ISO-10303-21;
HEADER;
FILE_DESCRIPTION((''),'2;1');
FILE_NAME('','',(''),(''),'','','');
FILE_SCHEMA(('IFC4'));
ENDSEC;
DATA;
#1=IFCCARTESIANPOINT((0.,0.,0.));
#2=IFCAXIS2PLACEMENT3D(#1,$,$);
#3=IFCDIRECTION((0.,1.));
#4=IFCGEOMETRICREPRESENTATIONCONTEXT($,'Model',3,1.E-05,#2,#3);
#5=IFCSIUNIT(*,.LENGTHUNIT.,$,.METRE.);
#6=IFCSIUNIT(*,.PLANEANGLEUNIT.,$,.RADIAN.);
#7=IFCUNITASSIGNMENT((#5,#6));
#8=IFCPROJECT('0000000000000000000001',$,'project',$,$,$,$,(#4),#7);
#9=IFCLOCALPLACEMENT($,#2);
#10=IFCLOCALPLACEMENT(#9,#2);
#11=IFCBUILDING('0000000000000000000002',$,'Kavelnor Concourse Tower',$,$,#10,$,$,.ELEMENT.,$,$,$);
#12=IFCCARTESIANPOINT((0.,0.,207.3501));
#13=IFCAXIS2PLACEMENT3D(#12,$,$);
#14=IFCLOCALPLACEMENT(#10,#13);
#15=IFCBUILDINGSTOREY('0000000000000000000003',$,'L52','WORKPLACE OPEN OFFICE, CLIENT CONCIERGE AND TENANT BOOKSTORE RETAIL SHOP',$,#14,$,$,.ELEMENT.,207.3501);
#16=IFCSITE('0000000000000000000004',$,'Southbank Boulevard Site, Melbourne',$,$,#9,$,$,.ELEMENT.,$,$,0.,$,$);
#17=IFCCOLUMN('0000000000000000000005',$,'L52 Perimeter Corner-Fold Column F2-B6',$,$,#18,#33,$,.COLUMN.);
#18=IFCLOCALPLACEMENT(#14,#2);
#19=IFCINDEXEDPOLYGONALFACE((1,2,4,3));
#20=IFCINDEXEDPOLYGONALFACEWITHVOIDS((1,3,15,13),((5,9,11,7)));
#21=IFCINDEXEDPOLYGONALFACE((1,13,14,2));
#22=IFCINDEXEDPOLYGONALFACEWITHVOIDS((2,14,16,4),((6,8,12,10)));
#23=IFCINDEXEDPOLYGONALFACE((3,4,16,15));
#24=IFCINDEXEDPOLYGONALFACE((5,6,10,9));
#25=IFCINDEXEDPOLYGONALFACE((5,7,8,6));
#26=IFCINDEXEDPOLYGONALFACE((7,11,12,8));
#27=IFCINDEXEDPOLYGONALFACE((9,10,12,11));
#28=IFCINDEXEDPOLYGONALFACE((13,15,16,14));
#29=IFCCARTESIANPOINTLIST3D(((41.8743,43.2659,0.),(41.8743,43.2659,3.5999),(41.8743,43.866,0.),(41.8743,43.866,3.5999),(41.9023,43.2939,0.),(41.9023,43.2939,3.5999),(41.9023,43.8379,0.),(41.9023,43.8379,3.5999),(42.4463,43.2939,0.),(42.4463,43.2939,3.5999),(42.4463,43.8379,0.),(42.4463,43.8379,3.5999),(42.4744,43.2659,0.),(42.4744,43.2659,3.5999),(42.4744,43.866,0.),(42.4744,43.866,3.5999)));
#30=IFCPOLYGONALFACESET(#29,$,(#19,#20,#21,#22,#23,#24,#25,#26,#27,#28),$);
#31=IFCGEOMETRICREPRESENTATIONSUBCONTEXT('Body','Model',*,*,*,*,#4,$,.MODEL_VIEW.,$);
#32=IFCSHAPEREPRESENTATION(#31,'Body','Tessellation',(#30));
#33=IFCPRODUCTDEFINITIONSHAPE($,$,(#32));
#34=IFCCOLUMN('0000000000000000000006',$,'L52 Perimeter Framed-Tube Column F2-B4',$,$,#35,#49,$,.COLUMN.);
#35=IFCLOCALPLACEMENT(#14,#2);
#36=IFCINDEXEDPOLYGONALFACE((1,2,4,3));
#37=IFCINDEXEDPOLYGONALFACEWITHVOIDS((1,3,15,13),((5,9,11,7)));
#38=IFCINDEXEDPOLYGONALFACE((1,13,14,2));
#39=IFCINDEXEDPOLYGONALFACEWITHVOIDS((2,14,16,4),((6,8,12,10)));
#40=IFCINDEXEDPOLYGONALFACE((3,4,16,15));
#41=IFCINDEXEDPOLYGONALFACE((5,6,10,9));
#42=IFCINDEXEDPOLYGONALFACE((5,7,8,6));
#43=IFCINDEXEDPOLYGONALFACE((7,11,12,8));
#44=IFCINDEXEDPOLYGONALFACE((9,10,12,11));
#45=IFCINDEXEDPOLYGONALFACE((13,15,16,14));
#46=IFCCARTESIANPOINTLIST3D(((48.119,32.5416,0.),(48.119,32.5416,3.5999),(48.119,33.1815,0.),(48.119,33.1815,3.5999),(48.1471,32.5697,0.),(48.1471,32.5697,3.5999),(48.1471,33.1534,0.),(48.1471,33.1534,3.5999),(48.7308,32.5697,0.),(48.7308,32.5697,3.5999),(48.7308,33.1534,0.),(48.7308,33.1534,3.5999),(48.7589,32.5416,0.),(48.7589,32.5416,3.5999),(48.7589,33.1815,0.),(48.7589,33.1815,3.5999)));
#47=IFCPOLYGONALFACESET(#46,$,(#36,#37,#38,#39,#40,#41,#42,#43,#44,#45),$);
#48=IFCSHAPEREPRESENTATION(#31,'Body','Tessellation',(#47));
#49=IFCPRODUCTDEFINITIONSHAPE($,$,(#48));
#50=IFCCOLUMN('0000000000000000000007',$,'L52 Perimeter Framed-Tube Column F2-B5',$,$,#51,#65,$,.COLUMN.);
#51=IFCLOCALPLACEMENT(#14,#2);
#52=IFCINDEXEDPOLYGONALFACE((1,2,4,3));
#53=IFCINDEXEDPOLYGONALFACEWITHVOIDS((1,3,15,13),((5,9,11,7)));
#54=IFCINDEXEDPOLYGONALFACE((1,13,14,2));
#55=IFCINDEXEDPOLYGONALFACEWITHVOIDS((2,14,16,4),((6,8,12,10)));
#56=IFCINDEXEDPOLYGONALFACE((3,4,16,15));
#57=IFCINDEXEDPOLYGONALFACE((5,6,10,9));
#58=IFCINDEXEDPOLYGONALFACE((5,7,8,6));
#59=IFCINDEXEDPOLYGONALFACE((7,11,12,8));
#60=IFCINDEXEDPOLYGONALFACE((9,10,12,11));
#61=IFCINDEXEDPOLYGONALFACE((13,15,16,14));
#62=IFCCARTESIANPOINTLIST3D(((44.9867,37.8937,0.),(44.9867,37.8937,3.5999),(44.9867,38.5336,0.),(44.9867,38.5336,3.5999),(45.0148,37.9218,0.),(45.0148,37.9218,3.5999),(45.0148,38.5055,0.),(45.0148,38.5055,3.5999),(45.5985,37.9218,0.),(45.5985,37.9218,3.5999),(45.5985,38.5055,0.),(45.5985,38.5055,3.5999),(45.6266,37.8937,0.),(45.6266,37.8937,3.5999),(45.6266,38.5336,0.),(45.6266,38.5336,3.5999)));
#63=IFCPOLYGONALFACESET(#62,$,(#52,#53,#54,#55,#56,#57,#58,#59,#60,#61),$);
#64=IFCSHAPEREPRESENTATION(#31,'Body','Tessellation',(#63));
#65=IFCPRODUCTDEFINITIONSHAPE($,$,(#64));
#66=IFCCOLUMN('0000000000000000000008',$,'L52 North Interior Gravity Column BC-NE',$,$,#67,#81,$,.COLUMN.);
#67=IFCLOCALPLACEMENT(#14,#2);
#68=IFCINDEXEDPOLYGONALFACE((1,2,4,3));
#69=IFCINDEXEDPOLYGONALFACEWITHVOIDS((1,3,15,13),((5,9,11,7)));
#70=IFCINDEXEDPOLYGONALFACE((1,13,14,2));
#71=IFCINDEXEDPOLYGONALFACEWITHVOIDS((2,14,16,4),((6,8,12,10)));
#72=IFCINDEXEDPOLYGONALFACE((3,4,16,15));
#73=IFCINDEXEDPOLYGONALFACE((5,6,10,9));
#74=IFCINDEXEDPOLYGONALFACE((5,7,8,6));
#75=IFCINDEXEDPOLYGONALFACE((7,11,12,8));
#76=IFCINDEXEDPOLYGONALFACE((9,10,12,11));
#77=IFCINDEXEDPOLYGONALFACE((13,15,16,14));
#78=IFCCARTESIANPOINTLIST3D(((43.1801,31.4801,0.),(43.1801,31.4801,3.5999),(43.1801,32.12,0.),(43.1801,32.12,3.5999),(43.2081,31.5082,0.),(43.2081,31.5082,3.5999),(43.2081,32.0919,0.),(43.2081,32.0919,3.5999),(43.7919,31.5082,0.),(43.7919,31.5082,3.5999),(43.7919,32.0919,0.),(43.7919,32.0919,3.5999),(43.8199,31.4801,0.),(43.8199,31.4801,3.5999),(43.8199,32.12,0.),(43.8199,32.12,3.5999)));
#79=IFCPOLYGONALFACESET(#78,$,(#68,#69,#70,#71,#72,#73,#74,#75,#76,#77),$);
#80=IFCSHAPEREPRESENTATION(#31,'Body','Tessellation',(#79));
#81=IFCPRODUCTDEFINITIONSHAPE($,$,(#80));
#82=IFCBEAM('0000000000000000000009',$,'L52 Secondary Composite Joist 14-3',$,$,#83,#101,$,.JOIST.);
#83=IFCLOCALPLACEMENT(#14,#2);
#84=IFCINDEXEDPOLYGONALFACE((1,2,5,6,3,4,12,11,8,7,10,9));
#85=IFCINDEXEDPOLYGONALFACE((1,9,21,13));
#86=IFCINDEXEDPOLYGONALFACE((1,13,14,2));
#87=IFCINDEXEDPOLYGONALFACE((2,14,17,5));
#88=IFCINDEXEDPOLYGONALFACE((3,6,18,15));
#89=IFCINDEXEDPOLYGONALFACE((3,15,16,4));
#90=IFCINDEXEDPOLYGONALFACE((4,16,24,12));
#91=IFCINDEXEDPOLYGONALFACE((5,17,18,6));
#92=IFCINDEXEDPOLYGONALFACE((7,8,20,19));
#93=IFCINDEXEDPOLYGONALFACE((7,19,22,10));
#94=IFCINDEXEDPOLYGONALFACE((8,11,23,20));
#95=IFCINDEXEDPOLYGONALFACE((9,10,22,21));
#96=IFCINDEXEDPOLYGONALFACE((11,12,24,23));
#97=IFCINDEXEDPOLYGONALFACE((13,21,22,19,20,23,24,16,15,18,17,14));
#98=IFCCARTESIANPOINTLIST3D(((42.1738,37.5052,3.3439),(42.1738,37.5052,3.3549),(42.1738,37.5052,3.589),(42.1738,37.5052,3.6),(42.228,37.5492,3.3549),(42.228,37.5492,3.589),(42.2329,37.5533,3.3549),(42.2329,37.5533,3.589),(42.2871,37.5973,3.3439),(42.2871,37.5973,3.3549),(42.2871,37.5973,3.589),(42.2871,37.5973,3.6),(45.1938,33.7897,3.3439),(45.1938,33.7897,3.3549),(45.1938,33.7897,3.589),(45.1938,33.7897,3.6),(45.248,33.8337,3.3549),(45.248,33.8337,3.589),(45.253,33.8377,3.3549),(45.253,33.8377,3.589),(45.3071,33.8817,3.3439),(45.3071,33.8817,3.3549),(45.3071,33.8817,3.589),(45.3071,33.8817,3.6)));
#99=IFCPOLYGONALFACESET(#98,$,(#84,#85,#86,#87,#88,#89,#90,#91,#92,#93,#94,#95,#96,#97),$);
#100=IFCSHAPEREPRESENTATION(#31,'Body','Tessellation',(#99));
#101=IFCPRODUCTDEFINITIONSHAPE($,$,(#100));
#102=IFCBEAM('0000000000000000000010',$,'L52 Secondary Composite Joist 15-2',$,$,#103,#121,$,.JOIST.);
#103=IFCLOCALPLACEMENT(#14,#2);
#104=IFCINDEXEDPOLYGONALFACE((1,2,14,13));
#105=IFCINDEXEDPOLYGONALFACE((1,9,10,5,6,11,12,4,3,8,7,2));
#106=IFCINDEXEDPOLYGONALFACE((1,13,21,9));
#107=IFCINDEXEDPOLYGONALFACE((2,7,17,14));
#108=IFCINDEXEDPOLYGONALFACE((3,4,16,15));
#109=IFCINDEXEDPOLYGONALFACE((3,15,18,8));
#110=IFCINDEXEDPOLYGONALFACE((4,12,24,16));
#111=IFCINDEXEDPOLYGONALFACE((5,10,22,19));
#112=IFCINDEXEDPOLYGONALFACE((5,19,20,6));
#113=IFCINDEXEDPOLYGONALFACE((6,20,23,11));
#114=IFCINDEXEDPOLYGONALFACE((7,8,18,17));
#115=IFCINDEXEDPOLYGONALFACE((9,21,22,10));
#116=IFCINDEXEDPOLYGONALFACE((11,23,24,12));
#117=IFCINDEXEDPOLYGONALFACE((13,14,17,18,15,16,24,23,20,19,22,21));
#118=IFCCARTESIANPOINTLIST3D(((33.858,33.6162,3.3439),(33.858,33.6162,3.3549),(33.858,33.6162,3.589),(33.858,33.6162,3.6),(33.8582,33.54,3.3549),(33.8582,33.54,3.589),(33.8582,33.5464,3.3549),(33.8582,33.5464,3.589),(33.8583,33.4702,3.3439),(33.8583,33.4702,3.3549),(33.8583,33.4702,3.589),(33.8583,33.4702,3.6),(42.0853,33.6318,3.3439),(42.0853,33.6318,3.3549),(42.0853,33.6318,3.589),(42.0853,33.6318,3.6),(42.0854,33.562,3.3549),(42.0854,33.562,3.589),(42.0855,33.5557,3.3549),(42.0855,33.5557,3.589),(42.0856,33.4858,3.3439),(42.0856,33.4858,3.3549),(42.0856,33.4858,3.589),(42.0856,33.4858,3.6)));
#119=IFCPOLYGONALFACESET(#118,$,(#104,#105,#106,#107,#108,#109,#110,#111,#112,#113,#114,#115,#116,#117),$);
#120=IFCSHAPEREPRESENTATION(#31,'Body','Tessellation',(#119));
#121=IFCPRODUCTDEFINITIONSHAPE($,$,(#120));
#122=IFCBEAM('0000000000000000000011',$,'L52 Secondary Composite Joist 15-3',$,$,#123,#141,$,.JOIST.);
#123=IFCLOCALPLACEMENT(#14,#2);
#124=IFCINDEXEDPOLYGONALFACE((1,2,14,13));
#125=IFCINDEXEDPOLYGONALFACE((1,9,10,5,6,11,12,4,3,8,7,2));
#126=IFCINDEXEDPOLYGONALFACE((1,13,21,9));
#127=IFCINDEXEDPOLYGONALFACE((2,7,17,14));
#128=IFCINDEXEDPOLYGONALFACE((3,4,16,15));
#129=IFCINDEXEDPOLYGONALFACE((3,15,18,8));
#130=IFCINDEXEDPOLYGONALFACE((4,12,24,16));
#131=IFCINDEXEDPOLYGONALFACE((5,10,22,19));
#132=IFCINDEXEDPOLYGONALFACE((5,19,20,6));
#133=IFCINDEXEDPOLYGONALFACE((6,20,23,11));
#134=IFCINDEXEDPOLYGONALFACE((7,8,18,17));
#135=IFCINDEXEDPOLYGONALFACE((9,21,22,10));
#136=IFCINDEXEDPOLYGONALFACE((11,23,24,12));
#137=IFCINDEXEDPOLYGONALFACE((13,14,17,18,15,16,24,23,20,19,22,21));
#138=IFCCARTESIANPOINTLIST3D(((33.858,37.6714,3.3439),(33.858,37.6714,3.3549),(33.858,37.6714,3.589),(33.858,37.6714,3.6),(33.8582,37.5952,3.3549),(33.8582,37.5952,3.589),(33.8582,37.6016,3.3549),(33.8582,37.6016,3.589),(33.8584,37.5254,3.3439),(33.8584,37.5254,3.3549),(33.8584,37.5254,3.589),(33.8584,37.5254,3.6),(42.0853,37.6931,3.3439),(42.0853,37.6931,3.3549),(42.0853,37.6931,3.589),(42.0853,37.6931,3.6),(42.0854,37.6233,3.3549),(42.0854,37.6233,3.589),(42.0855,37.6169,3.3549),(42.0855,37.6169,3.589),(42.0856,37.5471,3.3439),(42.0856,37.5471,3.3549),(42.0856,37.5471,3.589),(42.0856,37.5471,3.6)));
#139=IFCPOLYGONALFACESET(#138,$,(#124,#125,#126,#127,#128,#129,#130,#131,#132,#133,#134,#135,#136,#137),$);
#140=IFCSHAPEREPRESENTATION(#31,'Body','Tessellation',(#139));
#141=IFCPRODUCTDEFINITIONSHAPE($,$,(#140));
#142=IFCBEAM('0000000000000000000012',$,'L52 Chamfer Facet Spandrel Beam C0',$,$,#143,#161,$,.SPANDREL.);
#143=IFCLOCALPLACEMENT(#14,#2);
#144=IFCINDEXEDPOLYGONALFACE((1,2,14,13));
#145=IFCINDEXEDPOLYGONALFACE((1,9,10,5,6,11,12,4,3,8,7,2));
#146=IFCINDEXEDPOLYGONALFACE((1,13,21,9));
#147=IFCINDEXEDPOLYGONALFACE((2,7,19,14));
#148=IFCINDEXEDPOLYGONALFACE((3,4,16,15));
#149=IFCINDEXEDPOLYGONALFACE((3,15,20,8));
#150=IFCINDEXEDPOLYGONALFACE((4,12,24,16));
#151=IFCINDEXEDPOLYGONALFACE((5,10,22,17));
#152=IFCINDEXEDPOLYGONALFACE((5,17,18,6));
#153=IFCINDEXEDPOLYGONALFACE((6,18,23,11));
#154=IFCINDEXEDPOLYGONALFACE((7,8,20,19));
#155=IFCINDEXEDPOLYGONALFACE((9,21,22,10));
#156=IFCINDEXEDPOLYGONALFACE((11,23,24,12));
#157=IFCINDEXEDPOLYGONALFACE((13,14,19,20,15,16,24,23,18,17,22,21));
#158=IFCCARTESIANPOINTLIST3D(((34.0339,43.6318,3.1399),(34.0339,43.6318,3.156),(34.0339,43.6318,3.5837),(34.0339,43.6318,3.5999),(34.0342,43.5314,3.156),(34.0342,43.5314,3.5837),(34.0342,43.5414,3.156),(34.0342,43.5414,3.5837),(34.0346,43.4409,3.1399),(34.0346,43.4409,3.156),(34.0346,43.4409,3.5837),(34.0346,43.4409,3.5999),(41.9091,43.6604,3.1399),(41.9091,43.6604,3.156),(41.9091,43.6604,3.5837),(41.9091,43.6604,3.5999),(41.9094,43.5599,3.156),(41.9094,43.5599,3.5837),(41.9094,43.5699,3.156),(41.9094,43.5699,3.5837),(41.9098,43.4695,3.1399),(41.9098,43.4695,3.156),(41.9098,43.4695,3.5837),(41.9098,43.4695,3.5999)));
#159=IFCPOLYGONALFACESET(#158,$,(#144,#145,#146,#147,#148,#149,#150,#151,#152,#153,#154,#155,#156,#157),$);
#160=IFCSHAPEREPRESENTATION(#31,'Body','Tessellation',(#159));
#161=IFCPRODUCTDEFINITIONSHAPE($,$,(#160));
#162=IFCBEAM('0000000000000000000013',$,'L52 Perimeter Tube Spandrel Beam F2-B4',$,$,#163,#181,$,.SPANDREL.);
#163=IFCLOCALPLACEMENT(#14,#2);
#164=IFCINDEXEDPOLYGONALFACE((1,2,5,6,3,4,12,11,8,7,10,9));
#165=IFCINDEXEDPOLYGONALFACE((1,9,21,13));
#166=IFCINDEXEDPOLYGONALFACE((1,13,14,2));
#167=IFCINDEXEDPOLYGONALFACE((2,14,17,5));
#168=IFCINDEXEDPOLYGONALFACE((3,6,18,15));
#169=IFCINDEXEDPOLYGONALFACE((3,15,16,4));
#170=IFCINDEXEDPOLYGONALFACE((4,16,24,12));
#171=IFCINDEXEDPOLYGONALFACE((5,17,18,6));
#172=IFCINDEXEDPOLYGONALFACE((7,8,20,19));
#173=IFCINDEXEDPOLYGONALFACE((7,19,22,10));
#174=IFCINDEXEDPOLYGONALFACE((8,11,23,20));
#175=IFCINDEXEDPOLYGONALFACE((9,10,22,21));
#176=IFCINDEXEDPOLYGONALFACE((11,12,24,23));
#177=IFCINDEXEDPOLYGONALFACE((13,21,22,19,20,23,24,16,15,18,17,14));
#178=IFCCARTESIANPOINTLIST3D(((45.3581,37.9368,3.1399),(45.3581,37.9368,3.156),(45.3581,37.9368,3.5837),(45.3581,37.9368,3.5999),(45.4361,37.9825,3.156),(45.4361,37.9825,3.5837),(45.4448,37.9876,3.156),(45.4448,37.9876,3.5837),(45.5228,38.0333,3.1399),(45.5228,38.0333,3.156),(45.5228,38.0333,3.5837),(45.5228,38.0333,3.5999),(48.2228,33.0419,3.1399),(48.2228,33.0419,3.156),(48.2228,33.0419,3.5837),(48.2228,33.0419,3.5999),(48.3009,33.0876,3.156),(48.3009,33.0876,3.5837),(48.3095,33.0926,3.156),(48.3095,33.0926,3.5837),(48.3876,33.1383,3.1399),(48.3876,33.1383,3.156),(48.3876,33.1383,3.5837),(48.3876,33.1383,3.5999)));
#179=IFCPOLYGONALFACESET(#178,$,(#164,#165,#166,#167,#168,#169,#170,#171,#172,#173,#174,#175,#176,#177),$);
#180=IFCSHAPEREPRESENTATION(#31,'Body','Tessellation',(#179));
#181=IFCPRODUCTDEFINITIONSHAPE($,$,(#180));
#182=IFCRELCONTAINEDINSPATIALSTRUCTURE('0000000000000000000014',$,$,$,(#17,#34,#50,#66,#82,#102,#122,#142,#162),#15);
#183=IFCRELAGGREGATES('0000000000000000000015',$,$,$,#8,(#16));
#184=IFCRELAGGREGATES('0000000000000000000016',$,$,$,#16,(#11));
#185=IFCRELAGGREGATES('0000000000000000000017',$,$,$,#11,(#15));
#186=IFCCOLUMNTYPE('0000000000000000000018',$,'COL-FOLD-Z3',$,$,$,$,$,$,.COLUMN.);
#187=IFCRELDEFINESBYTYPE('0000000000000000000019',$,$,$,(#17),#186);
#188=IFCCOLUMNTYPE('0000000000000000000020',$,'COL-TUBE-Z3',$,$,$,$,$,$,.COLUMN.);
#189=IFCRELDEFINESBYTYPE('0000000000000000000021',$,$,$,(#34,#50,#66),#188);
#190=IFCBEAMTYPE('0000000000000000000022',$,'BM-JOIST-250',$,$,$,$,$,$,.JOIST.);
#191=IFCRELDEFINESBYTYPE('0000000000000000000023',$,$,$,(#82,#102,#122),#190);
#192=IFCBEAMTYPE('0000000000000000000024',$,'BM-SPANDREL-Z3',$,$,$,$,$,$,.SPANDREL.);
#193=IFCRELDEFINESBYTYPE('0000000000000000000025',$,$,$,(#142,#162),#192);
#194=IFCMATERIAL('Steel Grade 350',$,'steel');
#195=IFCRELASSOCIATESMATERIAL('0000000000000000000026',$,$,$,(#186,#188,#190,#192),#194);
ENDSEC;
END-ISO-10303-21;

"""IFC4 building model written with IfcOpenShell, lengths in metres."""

from ifc_helpers import new_model, si_unit, direction, frame, origin, origin_2d, place, context, subcontext, project, spatial, hollow_rectangle, i_section, extrude, material, material_profile, profile_set, type_object, element, save


model = new_model("IFC4")

# Units and contexts
model_context = context("Model", 3, precision=1e-05, world=origin(), true_north=direction((0.0, 1.0)))
body_context = subcontext(model_context, "Body", "Model", "MODEL_VIEW")
ifc_project = project(units=[si_unit("LENGTHUNIT", "METRE"), si_unit("PLANEANGLEUNIT", "RADIAN")], contexts=[model_context])

# Site, building, storey
site_placement = place(None, origin())
site = spatial("IfcSite", under=ifc_project, at=site_placement, Name="Southbank Boulevard Site, Melbourne", CompositionType="ELEMENT", RefElevation=0.0)
building_placement = place(site_placement, origin())
building = spatial("IfcBuilding", under=site, at=building_placement, Name="Kavelnor Concourse Tower", CompositionType="ELEMENT")
storey_placement = place(building_placement, frame((0.0, 0.0, 207.3501)))
storey = spatial("IfcBuildingStorey", under=building, at=storey_placement, Name="L52", Description="WORKPLACE OPEN OFFICE, CLIENT CONCIERGE AND TENANT BOOKSTORE RETAIL SHOP", CompositionType="ELEMENT", Elevation=207.3501)

# Columns
ifc_material_1 = material(Name="Steel Grade 350", Category="steel")
ifc_material_profile_1 = material_profile(ifc_material_1, hollow_rectangle(XDim=0.6001, YDim=0.6001, WallThickness=0.0281, at=origin_2d()), Name="SHS 600x600x28")
ifc_profile_set_1 = profile_set([ifc_material_profile_1], Name="Steel Grade 350")
column_type_1 = type_object("IfcColumnType", Name="COL-FOLD-Z3", PredefinedType="COLUMN", material=ifc_profile_set_1)
column_placement = place(storey_placement, frame((42.1743, 43.5659, 0.0), z_axis=(0.0, 0.0, 1.0), x_axis=(1.0, 0.0, 0.0)))
element("IfcColumn", 1, at=column_placement, inside=storey, type_object=column_type_1, Name="L52 Perimeter Corner-Fold Column F2-B6", PredefinedType="COLUMN", context=body_context, shape_type="SweptSolid", body=[
    extrude(hollow_rectangle(XDim=0.6001, YDim=0.6001, WallThickness=0.0281, at=origin_2d()), origin(), (0.0, 0.0, 1.0), 3.5999),
])
ifc_material_profile_2 = material_profile(ifc_material_1, hollow_rectangle(XDim=0.6399, YDim=0.6399, WallThickness=0.0281, at=origin_2d()), Name="SHS 640x640x28")
ifc_profile_set_2 = profile_set([ifc_material_profile_2], Name="Steel Grade 350")
column_type_2 = type_object("IfcColumnType", Name="COL-TUBE-Z3", PredefinedType="COLUMN", material=ifc_profile_set_2)
for number, where, z_axis, x_axis, name in (
    (2, (48.439, 32.8616, 0.0), (0.0, 0.0, 1.0), (1.0, 0.0, 0.0), "L52 Perimeter Framed-Tube Column F2-B4"),
    (3, (45.3066, 38.2136, 0.0), (0.0, 0.0, 1.0), (1.0, 0.0, 0.0), "L52 Perimeter Framed-Tube Column F2-B5"),
    (4, (43.5, 31.8, 0.0), (0.0, 0.0, 1.0), (1.0, 0.0, 0.0), "L52 North Interior Gravity Column BC-NE"),
):
    element("IfcColumn", number, at=place(storey_placement, frame(where, z_axis=z_axis, x_axis=x_axis)), inside=storey, type_object=column_type_2, Name=name, PredefinedType="COLUMN", context=body_context, shape_type="SweptSolid", body=[
        extrude(hollow_rectangle(XDim=0.6399, YDim=0.6399, WallThickness=0.0281, at=origin_2d()), origin(), (0.0, 0.0, 1.0), 3.5999),
    ])

# Beams
ifc_material_profile_3 = material_profile(ifc_material_1, i_section(OverallWidth=0.146, OverallDepth=0.2561, WebThickness=0.0063, FlangeThickness=0.011, at=origin_2d()), Name="250UB37")
ifc_profile_set_3 = profile_set([ifc_material_profile_3], Name="Steel Grade 350")
beam_type_1 = type_object("IfcBeamType", Name="BM-JOIST-250", PredefinedType="JOIST", material=ifc_profile_set_3)
beam_1_placement = place(storey_placement, frame((45.2505, 33.8357, 3.4719), z_axis=(-0.630733, 0.776, 0.0), x_axis=(-0.776, -0.630733, 0.0)))
element("IfcBeam", 5, at=beam_1_placement, inside=storey, type_object=beam_type_1, Name="L52 Secondary Composite Joist 14-3", PredefinedType="JOIST", context=body_context, shape_type="SweptSolid", body=[
    extrude(i_section(OverallWidth=0.146, OverallDepth=0.2561, WebThickness=0.0063, FlangeThickness=0.011, at=origin_2d()), origin(), (0.0, 0.0, 1.0), 4.7881),
])
for number, where, z_axis, x_axis, name in (
    (6, (42.0854, 33.5588, 3.4719), (-0.999998, -0.001899, 0.0), (0.001899, -0.999998, 0.0), "L52 Secondary Composite Joist 15-2"),
    (7, (42.0854, 37.6201, 3.4719), (-0.999997, -0.002641, 0.0), (0.002641, -0.999997, 0.0), "L52 Secondary Composite Joist 15-3"),
):
    element("IfcBeam", number, at=place(storey_placement, frame(where, z_axis=z_axis, x_axis=x_axis)), inside=storey, type_object=beam_type_1, Name=name, PredefinedType="JOIST", context=body_context, shape_type="SweptSolid", body=[
        extrude(i_section(OverallWidth=0.146, OverallDepth=0.2561, WebThickness=0.0063, FlangeThickness=0.011, at=origin_2d()), origin(), (0.0, 0.0, 1.0), 8.2273),
    ])
ifc_material_profile_4 = material_profile(ifc_material_1, i_section(OverallWidth=0.1909, OverallDepth=0.46, WebThickness=0.01, FlangeThickness=0.0161, at=origin_2d()), Name="460UB82")
ifc_profile_set_4 = profile_set([ifc_material_profile_4], Name="Steel Grade 350")
beam_type_2 = type_object("IfcBeamType", Name="BM-SPANDREL-Z3", PredefinedType="SPANDREL", material=ifc_profile_set_4)
beam_2_placement = place(storey_placement, frame((41.9094, 43.5649, 3.3699), z_axis=(-0.999993, -0.003627, 0.0), x_axis=(0.003627, -0.999993, 0.0)))
element("IfcBeam", 8, at=beam_2_placement, inside=storey, type_object=beam_type_2, Name="L52 Chamfer Facet Spandrel Beam C0", PredefinedType="SPANDREL", context=body_context, shape_type="SweptSolid", body=[
    extrude(i_section(OverallWidth=0.1909, OverallDepth=0.46, WebThickness=0.01, FlangeThickness=0.0161, at=origin_2d()), origin(), (0.0, 0.0, 1.0), 7.8752),
])
beam_3_placement = place(storey_placement, frame((48.3052, 33.0901, 3.3699), z_axis=(-0.505096, 0.863063, 0.0), x_axis=(-0.863063, -0.505096, 0.0)))
element("IfcBeam", 9, at=beam_3_placement, inside=storey, type_object=beam_type_2, Name="L52 Perimeter Tube Spandrel Beam F2-B4", PredefinedType="SPANDREL", context=body_context, shape_type="SweptSolid", body=[
    extrude(i_section(OverallWidth=0.1909, OverallDepth=0.46, WebThickness=0.01, FlangeThickness=0.0161, at=origin_2d()), origin(), (0.0, 0.0, 1.0), 5.6716),
])

save(model, "model.ifc")
